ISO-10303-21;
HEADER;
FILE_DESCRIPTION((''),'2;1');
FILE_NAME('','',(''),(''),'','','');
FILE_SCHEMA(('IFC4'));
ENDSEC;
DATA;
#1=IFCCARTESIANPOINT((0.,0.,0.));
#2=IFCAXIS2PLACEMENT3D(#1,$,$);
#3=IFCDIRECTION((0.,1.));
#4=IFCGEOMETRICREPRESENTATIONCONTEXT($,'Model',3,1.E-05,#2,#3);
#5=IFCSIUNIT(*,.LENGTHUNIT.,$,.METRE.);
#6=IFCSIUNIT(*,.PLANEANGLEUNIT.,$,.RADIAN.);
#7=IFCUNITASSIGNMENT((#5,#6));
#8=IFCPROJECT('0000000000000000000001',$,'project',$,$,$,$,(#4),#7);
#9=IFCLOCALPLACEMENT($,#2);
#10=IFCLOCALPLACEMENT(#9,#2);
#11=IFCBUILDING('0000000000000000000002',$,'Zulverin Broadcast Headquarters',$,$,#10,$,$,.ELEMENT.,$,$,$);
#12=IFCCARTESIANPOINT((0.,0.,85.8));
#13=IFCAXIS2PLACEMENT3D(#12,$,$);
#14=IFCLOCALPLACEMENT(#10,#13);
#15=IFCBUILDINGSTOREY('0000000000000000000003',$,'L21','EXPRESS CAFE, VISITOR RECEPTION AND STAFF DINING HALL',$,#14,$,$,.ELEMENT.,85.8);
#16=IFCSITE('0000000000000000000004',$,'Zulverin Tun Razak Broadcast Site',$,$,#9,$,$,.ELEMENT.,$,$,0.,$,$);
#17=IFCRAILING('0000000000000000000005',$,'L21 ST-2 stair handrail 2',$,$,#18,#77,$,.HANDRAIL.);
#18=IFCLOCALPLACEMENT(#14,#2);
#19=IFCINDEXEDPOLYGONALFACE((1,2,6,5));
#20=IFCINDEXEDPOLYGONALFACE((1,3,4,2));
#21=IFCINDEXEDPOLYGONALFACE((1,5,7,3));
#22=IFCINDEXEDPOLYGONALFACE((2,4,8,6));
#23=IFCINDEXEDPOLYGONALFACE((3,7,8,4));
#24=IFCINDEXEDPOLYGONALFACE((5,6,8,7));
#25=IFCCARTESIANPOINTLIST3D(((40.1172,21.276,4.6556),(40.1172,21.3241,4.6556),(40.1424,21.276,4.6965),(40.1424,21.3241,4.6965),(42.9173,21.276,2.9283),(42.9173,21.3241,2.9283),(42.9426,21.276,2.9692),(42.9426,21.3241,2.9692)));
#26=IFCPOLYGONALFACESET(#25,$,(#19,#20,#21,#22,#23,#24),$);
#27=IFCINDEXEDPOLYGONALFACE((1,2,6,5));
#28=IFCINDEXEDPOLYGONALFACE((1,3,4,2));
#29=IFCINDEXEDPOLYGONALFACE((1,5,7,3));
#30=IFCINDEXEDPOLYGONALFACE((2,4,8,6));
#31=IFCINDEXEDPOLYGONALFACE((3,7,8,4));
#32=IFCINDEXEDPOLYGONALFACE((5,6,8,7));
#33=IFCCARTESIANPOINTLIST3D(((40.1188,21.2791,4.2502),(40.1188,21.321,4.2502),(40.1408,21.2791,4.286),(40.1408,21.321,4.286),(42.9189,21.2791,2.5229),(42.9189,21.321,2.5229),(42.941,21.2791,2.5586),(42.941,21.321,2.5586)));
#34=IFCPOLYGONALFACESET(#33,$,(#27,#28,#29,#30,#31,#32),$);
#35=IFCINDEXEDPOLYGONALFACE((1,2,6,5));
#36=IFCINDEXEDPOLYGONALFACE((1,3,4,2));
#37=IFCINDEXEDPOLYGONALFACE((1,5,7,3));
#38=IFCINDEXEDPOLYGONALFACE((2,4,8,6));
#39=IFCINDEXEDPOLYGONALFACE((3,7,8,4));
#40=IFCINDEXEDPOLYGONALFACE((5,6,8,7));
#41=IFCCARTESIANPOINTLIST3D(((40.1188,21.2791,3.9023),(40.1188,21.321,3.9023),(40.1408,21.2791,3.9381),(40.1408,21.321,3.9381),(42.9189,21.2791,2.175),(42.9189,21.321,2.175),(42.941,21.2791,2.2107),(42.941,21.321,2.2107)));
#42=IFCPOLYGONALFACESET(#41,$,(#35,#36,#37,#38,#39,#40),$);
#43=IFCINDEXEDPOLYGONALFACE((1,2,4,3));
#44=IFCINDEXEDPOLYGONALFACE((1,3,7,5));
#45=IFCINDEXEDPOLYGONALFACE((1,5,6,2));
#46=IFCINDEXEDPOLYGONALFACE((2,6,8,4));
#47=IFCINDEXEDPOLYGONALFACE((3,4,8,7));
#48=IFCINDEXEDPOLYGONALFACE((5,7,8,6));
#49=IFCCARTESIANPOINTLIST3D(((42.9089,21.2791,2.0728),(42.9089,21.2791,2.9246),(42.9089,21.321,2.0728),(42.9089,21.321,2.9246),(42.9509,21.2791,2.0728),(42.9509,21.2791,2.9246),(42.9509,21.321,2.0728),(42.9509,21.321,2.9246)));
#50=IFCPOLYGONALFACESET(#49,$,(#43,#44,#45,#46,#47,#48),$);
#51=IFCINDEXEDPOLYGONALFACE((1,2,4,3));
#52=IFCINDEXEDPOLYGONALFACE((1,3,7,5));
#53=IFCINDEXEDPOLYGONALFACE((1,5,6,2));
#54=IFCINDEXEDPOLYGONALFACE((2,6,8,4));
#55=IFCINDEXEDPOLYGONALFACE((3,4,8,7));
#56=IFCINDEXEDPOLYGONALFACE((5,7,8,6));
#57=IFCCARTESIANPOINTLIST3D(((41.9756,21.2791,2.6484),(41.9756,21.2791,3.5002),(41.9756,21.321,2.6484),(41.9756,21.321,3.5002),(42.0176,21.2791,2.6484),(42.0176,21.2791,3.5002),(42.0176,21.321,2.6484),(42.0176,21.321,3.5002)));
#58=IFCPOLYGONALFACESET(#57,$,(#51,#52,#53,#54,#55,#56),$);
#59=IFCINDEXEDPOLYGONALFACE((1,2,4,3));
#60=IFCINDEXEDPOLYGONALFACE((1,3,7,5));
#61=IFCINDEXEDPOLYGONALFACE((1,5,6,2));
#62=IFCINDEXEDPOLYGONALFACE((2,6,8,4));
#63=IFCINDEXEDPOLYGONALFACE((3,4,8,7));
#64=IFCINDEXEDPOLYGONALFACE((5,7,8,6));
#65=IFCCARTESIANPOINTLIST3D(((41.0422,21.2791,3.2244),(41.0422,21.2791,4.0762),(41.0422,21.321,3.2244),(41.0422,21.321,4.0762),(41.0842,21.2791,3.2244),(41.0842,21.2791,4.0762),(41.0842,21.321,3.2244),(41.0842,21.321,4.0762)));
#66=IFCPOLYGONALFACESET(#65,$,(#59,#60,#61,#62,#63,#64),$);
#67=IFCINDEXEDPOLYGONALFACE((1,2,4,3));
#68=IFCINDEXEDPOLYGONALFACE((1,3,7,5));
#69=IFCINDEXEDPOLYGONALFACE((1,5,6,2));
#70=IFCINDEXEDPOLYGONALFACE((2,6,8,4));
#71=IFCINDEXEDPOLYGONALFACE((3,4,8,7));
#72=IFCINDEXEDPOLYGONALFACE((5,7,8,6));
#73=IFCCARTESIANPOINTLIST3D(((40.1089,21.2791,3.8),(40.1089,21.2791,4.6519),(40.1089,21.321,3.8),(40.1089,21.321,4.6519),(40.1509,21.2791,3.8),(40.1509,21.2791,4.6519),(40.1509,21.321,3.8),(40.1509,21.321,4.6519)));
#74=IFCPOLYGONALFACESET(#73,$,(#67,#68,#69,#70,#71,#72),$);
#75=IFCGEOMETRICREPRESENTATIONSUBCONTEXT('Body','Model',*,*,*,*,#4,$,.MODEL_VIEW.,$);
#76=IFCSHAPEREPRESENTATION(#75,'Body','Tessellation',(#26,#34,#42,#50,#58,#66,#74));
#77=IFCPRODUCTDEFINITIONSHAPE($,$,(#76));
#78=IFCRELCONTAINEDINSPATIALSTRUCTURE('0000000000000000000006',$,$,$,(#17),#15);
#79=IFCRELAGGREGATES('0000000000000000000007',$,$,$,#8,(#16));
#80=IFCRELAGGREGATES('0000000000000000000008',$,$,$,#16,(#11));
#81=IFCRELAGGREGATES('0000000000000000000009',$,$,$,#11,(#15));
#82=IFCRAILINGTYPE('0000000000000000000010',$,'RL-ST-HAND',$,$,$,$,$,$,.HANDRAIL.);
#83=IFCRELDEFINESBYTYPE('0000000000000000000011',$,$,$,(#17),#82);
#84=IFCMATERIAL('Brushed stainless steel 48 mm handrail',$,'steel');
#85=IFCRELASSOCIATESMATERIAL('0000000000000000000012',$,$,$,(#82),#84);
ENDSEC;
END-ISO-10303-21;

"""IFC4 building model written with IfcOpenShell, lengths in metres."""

from ifc_helpers import new_model, si_unit, direction, frame, origin, origin_2d, place, context, subcontext, project, spatial, rectangle, extrude, material, type_object, element, save


model = new_model("IFC4")

# Units and contexts
model_context = context("Model", 3, precision=1e-05, world=origin(), true_north=direction((0.0, 1.0)))
body_context = subcontext(model_context, "Body", "Model", "MODEL_VIEW")
ifc_project = project(units=[si_unit("LENGTHUNIT", "METRE"), si_unit("PLANEANGLEUNIT", "RADIAN")], contexts=[model_context])

# Site, building, storey
site_placement = place(None, origin())
site = spatial("IfcSite", under=ifc_project, at=site_placement, Name="Zulverin Tun Razak Broadcast Site", CompositionType="ELEMENT", RefElevation=0.0)
building_placement = place(site_placement, origin())
building = spatial("IfcBuilding", under=site, at=building_placement, Name="Zulverin Broadcast Headquarters", CompositionType="ELEMENT")
storey_placement = place(building_placement, frame((0.0, 0.0, 85.8)))
storey = spatial("IfcBuildingStorey", under=building, at=storey_placement, Name="L21", Description="EXPRESS CAFE, VISITOR RECEPTION AND STAFF DINING HALL", CompositionType="ELEMENT", Elevation=85.8)

# Railing
ifc_material_1 = material(Name="Brushed stainless steel 48 mm handrail", Category="steel")
railing_type_1 = type_object("IfcRailingType", Name="RL-ST-HAND", PredefinedType="HANDRAIL", material=ifc_material_1)
railing_1_placement = place(storey_placement, frame((42.9299, 21.3, 2.0728)))
element("IfcRailing", 1, at=railing_1_placement, inside=storey, type_object=railing_type_1, Name="L21 ST-2 stair handrail 2", PredefinedType="HANDRAIL", context=body_context, shape_type="SweptSolid", body=[
    extrude(rectangle(XDim=0.0481, YDim=0.0481, at=origin_2d()), frame((0.0, 0.0, 0.876), z_axis=(-0.85109, 0.0, 0.52502), x_axis=(0.0, -1.0, 0.0)), (0.0, 0.0, 1.0), 3.29),
    extrude(rectangle(XDim=0.042, YDim=0.042, at=origin_2d()), frame((0.0, 0.0, 0.468), z_axis=(-0.85109, 0.0, 0.52502), x_axis=(0.0, -1.0, 0.0)), (0.0, 0.0, 1.0), 3.29),
    extrude(rectangle(XDim=0.042, YDim=0.042, at=origin_2d()), frame((0.0, 0.0, 0.1201), z_axis=(-0.85109, 0.0, 0.52502), x_axis=(0.0, -1.0, 0.0)), (0.0, 0.0, 1.0), 3.29),
    extrude(rectangle(XDim=0.042, YDim=0.042, at=origin_2d()), origin(), (0.0, 0.0, 1.0), 0.8518),
    extrude(rectangle(XDim=0.042, YDim=0.042, at=origin_2d()), frame((-0.9333, 0.0, 0.5757)), (0.0, 0.0, 1.0), 0.8518),
    extrude(rectangle(XDim=0.042, YDim=0.042, at=origin_2d()), frame((-1.8667, 0.0, 1.1516)), (0.0, 0.0, 1.0), 0.8518),
    extrude(rectangle(XDim=0.042, YDim=0.042, at=origin_2d()), frame((-2.8, 0.0, 1.7273)), (0.0, 0.0, 1.0), 0.8518),
])

save(model, "model.ifc")
